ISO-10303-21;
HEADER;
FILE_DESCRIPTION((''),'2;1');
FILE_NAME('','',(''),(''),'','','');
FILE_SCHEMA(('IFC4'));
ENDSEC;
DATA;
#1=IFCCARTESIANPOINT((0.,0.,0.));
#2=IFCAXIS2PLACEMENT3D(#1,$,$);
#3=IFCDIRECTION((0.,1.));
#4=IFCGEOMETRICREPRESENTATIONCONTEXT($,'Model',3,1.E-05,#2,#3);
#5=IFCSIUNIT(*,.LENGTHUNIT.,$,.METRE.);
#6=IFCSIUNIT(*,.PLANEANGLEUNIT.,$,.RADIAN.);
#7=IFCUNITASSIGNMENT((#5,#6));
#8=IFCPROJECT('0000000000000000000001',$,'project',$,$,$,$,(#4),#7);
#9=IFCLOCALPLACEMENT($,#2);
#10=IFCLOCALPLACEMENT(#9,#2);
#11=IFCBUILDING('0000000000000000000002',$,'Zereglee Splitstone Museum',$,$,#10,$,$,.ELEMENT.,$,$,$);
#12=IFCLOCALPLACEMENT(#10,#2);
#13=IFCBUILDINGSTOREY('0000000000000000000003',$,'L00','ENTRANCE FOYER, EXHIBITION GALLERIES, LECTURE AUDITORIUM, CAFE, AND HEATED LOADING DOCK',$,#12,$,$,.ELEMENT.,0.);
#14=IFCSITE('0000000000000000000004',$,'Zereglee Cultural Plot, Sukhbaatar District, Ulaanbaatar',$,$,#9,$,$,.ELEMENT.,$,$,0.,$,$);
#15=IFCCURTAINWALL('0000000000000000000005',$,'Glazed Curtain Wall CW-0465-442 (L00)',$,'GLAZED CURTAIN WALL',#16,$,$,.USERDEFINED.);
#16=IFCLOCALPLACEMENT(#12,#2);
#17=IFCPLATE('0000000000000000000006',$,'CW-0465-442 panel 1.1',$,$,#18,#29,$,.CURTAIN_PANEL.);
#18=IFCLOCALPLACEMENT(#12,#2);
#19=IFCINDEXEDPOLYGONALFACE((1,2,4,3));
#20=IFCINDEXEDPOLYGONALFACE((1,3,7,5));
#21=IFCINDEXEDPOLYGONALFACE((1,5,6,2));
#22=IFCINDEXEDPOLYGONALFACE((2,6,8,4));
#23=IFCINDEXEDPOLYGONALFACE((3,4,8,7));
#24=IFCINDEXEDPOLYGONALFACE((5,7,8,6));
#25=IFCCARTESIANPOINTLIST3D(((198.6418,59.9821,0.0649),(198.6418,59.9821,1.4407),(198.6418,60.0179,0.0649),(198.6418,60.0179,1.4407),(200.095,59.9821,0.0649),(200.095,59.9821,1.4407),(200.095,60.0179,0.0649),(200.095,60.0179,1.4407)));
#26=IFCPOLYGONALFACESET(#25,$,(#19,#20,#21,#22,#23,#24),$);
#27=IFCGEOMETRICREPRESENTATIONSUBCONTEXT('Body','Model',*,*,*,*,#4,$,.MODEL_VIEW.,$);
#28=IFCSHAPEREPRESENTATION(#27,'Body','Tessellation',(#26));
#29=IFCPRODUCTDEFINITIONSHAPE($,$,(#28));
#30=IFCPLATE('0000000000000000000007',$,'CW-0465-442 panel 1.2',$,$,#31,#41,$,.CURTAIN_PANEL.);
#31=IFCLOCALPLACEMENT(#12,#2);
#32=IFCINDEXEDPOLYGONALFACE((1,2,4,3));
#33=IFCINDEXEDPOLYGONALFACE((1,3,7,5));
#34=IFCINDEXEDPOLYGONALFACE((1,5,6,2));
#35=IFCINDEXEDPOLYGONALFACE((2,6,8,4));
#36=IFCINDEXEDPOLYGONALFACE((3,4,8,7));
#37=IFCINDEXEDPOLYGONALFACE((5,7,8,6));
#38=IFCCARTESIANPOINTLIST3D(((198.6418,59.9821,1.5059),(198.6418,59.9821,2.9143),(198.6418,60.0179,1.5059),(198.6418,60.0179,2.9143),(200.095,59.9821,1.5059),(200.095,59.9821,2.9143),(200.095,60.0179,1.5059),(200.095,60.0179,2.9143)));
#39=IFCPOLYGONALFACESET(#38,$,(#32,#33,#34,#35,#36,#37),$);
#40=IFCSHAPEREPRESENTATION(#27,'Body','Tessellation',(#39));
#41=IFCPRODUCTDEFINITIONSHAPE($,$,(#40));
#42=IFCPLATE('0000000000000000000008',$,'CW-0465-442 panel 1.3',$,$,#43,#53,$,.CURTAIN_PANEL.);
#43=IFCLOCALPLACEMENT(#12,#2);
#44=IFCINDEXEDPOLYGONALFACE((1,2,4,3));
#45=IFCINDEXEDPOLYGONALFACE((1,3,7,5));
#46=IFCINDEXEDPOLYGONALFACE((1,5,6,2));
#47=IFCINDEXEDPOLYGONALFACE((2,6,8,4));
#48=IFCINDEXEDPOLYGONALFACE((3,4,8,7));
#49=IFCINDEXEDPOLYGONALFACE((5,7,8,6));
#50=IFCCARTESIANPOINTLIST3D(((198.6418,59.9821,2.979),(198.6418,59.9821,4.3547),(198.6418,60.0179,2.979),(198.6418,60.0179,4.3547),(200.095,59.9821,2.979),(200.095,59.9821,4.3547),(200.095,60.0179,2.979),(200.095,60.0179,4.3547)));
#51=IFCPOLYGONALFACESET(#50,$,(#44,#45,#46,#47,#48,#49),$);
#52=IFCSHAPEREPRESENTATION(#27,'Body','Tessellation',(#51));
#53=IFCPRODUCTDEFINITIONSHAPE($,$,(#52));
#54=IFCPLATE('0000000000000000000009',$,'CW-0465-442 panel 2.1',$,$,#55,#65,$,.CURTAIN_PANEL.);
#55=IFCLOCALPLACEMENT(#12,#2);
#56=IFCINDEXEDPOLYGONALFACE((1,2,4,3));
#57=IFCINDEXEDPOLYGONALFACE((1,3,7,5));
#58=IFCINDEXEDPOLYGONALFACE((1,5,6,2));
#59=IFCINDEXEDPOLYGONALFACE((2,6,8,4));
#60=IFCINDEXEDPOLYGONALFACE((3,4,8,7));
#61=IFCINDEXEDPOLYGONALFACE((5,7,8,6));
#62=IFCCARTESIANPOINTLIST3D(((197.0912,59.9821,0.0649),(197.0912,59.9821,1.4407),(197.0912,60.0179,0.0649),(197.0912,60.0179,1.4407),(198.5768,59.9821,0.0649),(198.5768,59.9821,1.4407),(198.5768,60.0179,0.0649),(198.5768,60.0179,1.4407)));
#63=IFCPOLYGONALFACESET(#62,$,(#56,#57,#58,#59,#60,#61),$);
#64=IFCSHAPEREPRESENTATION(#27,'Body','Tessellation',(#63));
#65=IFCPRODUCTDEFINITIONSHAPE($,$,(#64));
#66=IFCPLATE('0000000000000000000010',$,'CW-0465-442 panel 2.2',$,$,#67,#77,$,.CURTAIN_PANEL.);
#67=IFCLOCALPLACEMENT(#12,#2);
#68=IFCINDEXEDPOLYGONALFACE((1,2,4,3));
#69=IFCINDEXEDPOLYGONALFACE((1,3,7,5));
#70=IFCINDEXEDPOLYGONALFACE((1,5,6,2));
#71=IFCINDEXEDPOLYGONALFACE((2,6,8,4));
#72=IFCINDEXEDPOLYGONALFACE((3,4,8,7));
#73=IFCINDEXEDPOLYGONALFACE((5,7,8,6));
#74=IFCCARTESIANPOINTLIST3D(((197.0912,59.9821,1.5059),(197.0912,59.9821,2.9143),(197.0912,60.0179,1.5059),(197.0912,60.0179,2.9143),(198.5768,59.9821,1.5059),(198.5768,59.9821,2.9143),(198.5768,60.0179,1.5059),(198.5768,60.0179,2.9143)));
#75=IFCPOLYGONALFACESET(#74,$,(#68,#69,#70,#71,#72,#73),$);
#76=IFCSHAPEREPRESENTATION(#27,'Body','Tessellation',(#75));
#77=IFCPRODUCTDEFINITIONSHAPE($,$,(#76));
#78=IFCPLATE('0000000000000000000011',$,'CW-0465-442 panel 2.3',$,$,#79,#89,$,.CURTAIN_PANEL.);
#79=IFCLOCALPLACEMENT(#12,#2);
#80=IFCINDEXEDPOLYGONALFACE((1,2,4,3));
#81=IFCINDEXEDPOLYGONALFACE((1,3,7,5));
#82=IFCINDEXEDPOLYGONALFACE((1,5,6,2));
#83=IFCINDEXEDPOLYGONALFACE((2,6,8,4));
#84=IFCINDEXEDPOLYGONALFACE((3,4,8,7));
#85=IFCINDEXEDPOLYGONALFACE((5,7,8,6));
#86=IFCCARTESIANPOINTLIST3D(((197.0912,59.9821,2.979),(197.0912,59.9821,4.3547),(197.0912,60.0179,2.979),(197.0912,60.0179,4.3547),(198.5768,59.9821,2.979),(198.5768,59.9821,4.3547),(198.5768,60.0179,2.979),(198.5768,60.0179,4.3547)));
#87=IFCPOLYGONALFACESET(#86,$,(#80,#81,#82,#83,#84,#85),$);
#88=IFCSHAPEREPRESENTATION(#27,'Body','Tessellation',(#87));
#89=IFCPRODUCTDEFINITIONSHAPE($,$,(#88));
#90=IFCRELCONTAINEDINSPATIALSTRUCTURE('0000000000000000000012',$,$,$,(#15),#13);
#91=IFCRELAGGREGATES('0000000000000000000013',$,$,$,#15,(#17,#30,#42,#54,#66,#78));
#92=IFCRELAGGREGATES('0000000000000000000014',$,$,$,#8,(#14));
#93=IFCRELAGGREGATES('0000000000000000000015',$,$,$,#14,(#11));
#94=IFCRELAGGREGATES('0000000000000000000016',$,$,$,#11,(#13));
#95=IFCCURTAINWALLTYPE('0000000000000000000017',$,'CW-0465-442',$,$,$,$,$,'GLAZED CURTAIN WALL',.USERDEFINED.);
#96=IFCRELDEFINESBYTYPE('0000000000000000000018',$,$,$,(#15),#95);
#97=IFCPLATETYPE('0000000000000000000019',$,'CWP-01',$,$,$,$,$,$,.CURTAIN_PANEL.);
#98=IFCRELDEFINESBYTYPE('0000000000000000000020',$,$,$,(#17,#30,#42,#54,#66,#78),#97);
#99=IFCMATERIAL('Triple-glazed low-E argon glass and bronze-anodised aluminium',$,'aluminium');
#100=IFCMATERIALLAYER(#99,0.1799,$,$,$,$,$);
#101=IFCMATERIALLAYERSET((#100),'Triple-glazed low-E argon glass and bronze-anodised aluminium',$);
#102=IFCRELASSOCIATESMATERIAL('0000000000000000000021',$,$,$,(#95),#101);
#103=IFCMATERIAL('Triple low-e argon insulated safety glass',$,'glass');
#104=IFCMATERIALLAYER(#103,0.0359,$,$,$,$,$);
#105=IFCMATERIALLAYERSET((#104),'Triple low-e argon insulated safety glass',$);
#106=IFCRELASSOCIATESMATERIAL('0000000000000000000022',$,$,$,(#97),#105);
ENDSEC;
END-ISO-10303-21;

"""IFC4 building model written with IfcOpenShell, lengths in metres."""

from ifc_helpers import new_model, si_unit, direction, frame, origin, origin_2d, place, context, subcontext, project, spatial, rectangle, extrude, material, layer, layer_set, type_object, element, aggregate, save


model = new_model("IFC4")

# Units and contexts
model_context = context("Model", 3, precision=1e-05, world=origin(), true_north=direction((0.0, 1.0)))
body_context = subcontext(model_context, "Body", "Model", "MODEL_VIEW")
ifc_project = project(units=[si_unit("LENGTHUNIT", "METRE"), si_unit("PLANEANGLEUNIT", "RADIAN")], contexts=[model_context])

# Site, building, storey
site_placement = place(None, origin())
site = spatial("IfcSite", under=ifc_project, at=site_placement, Name="Zereglee Cultural Plot, Sukhbaatar District, Ulaanbaatar", CompositionType="ELEMENT", RefElevation=0.0)
building_placement = place(site_placement, origin())
building = spatial("IfcBuilding", under=site, at=building_placement, Name="Zereglee Splitstone Museum", CompositionType="ELEMENT")
storey_placement = place(building_placement, origin())
storey = spatial("IfcBuildingStorey", under=building, at=storey_placement, Name="L00", Description="ENTRANCE FOYER, EXHIBITION GALLERIES, LECTURE AUDITORIUM, CAFE, AND HEATED LOADING DOCK", CompositionType="ELEMENT", Elevation=0.0)

# Curtain wall, plates
ifc_material_1 = material(Name="Triple-glazed low-E argon glass and bronze-anodised aluminium", Category="aluminium")
ifc_layer_1 = layer(ifc_material_1, 0.1799)
ifc_layer_set_1 = layer_set([ifc_layer_1], Name="Triple-glazed low-E argon glass and bronze-anodised aluminium")
curtain_wall_type = type_object("IfcCurtainWallType", Name="CW-0465-442", ElementType="GLAZED CURTAIN WALL", PredefinedType="USERDEFINED", material=ifc_layer_set_1)
curtain_wall_placement = place(storey_placement, origin())
curtain_wall = element("IfcCurtainWall", 1, at=curtain_wall_placement, inside=storey, type_object=curtain_wall_type, Name="Glazed Curtain Wall CW-0465-442 (L00)", ObjectType="GLAZED CURTAIN WALL", PredefinedType="USERDEFINED")
ifc_material_2 = material(Name="Triple low-e argon insulated safety glass", Category="glass")
ifc_layer_2 = layer(ifc_material_2, 0.0359)
ifc_layer_set_2 = layer_set([ifc_layer_2], Name="Triple low-e argon insulated safety glass")
plate_type = type_object("IfcPlateType", Name="CWP-01", PredefinedType="CURTAIN_PANEL", material=ifc_layer_set_2)
plate_1_placement = place(storey_placement, frame((199.3684, 60.0, 0.0649), z_axis=(0.0, 0.0, 1.0), x_axis=(-1.0, 0.0, 0.0)))
plate_1 = element("IfcPlate", 2, at=plate_1_placement, type_object=plate_type, Name="CW-0465-442 panel 1.1", PredefinedType="CURTAIN_PANEL", context=body_context, shape_type="SweptSolid", body=[
    extrude(rectangle(XDim=1.4531, YDim=0.0359, at=origin_2d()), origin(), (0.0, 0.0, 1.0), 1.3757),
])
plate_2_placement = place(storey_placement, frame((199.3684, 60.0, 1.5059), z_axis=(0.0, 0.0, 1.0), x_axis=(-1.0, 0.0, 0.0)))
plate_2 = element("IfcPlate", 3, at=plate_2_placement, type_object=plate_type, Name="CW-0465-442 panel 1.2", PredefinedType="CURTAIN_PANEL", context=body_context, shape_type="SweptSolid", body=[
    extrude(rectangle(XDim=1.4531, YDim=0.0359, at=origin_2d()), origin(), (0.0, 0.0, 1.0), 1.4084),
])
plate_3_placement = place(storey_placement, frame((199.3684, 60.0, 2.979), z_axis=(0.0, 0.0, 1.0), x_axis=(-1.0, 0.0, 0.0)))
plate_3 = element("IfcPlate", 4, at=plate_3_placement, type_object=plate_type, Name="CW-0465-442 panel 1.3", PredefinedType="CURTAIN_PANEL", context=body_context, shape_type="SweptSolid", body=[
    extrude(rectangle(XDim=1.4531, YDim=0.0359, at=origin_2d()), origin(), (0.0, 0.0, 1.0), 1.3757),
])
plate_4_placement = place(storey_placement, frame((197.834, 60.0, 0.0649), z_axis=(0.0, 0.0, 1.0), x_axis=(-1.0, 0.0, 0.0)))
plate_4 = element("IfcPlate", 5, at=plate_4_placement, type_object=plate_type, Name="CW-0465-442 panel 2.1", PredefinedType="CURTAIN_PANEL", context=body_context, shape_type="SweptSolid", body=[
    extrude(rectangle(XDim=1.4856, YDim=0.0359, at=origin_2d()), origin(), (0.0, 0.0, 1.0), 1.3757),
])
plate_5_placement = place(storey_placement, frame((197.834, 60.0, 1.5059), z_axis=(0.0, 0.0, 1.0), x_axis=(-1.0, 0.0, 0.0)))
plate_5 = element("IfcPlate", 6, at=plate_5_placement, type_object=plate_type, Name="CW-0465-442 panel 2.2", PredefinedType="CURTAIN_PANEL", context=body_context, shape_type="SweptSolid", body=[
    extrude(rectangle(XDim=1.4856, YDim=0.0359, at=origin_2d()), origin(), (0.0, 0.0, 1.0), 1.4084),
])
plate_6_placement = place(storey_placement, frame((197.834, 60.0, 2.979), z_axis=(0.0, 0.0, 1.0), x_axis=(-1.0, 0.0, 0.0)))
plate_6 = element("IfcPlate", 7, at=plate_6_placement, type_object=plate_type, Name="CW-0465-442 panel 2.3", PredefinedType="CURTAIN_PANEL", context=body_context, shape_type="SweptSolid", body=[
    extrude(rectangle(XDim=1.4856, YDim=0.0359, at=origin_2d()), origin(), (0.0, 0.0, 1.0), 1.3757),
])
aggregate(curtain_wall, [plate_1, plate_2, plate_3, plate_4, plate_5, plate_6])

save(model, "model.ifc")
